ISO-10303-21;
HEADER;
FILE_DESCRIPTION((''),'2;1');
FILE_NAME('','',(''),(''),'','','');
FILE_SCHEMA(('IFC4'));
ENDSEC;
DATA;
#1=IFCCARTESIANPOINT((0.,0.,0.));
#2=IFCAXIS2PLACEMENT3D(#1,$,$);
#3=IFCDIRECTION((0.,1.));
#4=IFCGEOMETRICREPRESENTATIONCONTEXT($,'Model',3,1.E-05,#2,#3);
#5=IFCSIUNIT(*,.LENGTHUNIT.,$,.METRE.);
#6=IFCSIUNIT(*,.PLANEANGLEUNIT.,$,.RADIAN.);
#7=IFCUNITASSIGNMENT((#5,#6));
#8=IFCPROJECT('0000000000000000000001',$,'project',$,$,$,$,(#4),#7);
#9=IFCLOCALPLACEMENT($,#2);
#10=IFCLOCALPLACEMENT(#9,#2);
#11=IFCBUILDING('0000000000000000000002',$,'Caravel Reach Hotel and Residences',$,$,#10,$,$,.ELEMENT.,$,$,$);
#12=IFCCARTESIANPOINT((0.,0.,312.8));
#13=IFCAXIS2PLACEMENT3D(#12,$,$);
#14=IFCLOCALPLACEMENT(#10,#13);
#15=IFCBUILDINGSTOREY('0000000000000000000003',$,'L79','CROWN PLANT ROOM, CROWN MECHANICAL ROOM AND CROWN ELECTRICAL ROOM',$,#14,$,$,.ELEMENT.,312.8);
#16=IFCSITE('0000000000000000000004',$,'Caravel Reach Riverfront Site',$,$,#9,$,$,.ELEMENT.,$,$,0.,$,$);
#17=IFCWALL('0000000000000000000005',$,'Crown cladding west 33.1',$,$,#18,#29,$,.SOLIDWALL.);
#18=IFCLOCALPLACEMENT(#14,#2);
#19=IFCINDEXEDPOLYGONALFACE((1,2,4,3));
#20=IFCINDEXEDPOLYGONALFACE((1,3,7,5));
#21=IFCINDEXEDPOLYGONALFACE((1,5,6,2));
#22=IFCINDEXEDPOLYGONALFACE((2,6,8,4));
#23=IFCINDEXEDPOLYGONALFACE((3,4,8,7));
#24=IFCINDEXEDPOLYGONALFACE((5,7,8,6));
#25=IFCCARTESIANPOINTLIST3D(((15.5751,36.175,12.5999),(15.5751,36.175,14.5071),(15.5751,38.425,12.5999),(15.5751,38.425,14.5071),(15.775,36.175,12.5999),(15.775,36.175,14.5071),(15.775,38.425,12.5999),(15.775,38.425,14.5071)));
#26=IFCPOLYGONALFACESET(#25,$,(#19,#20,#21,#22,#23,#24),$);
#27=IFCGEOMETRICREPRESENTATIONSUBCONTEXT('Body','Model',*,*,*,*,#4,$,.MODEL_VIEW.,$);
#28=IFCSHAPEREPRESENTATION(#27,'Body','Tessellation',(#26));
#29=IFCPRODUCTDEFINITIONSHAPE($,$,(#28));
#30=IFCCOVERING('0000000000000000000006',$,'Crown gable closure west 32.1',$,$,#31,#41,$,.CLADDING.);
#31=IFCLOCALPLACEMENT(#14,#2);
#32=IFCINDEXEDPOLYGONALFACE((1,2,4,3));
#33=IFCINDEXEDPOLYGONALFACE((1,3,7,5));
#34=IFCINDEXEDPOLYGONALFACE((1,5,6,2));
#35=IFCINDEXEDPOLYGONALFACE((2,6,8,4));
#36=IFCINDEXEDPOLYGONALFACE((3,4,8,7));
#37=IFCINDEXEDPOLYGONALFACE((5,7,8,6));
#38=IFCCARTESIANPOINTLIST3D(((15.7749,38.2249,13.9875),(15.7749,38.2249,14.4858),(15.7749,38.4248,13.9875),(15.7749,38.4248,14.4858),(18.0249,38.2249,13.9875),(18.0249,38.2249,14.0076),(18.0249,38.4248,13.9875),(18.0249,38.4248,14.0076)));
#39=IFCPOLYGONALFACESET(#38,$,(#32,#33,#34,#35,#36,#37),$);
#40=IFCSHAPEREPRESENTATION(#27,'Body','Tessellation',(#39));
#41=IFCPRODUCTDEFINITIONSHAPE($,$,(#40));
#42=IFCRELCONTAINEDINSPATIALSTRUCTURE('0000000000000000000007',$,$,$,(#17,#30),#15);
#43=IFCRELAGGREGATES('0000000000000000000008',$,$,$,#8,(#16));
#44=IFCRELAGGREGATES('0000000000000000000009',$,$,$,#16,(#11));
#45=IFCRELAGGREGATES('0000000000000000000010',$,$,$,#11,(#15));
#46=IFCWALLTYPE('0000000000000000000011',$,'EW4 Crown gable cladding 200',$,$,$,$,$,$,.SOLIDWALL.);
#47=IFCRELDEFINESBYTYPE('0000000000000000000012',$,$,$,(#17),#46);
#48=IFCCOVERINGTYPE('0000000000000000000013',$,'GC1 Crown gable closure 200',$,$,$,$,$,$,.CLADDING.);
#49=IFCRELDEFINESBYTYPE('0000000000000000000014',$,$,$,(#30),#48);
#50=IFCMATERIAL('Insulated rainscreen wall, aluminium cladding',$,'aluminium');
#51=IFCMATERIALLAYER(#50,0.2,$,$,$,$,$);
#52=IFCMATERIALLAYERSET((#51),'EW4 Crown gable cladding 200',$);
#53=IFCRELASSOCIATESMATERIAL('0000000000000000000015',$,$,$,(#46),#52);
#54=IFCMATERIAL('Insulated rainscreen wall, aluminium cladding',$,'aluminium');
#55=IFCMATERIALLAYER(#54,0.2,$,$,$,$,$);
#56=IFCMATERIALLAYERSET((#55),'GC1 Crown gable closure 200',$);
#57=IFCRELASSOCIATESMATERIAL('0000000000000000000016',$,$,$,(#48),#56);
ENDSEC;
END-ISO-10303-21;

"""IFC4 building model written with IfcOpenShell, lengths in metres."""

from ifc_helpers import new_model, si_unit, direction, frame, frame_2d, origin, place, context, subcontext, project, spatial, polyline, rectangle, outline, extrude, material, layer, layer_set, type_object, element, save


model = new_model("IFC4")

# Units and contexts
model_context = context("Model", 3, precision=1e-05, world=origin(), true_north=direction((0.0, 1.0)))
body_context = subcontext(model_context, "Body", "Model", "MODEL_VIEW")
ifc_project = project(units=[si_unit("LENGTHUNIT", "METRE"), si_unit("PLANEANGLEUNIT", "RADIAN")], contexts=[model_context])

# Site, building, storey
site_placement = place(None, origin())
site = spatial("IfcSite", under=ifc_project, at=site_placement, Name="Caravel Reach Riverfront Site", CompositionType="ELEMENT", RefElevation=0.0)
building_placement = place(site_placement, origin())
building = spatial("IfcBuilding", under=site, at=building_placement, Name="Caravel Reach Hotel and Residences", CompositionType="ELEMENT")
storey_placement = place(building_placement, frame((0.0, 0.0, 312.8)))
storey = spatial("IfcBuildingStorey", under=building, at=storey_placement, Name="L79", Description="CROWN PLANT ROOM, CROWN MECHANICAL ROOM AND CROWN ELECTRICAL ROOM", CompositionType="ELEMENT", Elevation=312.8)

# Wall
ifc_material_1 = material(Name="Insulated rainscreen wall, aluminium cladding", Category="aluminium")
ifc_layer_1 = layer(ifc_material_1, 0.2)
ifc_layer_set_1 = layer_set([ifc_layer_1], Name="EW4 Crown gable cladding 200")
wall_type = type_object("IfcWallType", Name="EW4 Crown gable cladding 200", PredefinedType="SOLIDWALL", material=ifc_layer_set_1)
wall_1_placement = place(storey_placement, frame((15.675, 38.425, 12.5999), z_axis=(0.0, 0.0, 1.0), x_axis=(0.0, -1.0, 0.0)))
element("IfcWall", 1, at=wall_1_placement, inside=storey, type_object=wall_type, Name="Crown cladding west 33.1", PredefinedType="SOLIDWALL", context=body_context, shape_type="SweptSolid", body=[
    extrude(rectangle(XDim=2.25, YDim=0.2, at=frame_2d((1.125, 0.0))), origin(), (0.0, 0.0, 1.0), 1.9072),
])

# Covering
ifc_material_2 = material(Name="Insulated rainscreen wall, aluminium cladding", Category="aluminium")
ifc_layer_2 = layer(ifc_material_2, 0.2)
ifc_layer_set_2 = layer_set([ifc_layer_2], Name="GC1 Crown gable closure 200")
covering_type = type_object("IfcCoveringType", Name="GC1 Crown gable closure 200", PredefinedType="CLADDING", material=ifc_layer_set_2)
covering_placement = place(storey_placement, frame((18.0249, 38.325, 13.9875), z_axis=(0.0, 0.0, 1.0), x_axis=(-1.0, 0.0, 0.0)))
element("IfcCovering", 2, at=covering_placement, inside=storey, type_object=covering_type, Name="Crown gable closure west 32.1", PredefinedType="CLADDING", context=body_context, shape_type="SweptSolid", body=[
    extrude(outline(polyline([(0.0, 0.0), (2.25, 0.0), (2.25, 0.4983), (0.0, 0.02), (0.0, 0.0)])), frame((0.0, 0.1001, 0.0), z_axis=(0.0, -1.0, 0.0), x_axis=(1.0, 0.0, 0.0)), (0.0, 0.0, 1.0), 0.2),
])

save(model, "model.ifc")
